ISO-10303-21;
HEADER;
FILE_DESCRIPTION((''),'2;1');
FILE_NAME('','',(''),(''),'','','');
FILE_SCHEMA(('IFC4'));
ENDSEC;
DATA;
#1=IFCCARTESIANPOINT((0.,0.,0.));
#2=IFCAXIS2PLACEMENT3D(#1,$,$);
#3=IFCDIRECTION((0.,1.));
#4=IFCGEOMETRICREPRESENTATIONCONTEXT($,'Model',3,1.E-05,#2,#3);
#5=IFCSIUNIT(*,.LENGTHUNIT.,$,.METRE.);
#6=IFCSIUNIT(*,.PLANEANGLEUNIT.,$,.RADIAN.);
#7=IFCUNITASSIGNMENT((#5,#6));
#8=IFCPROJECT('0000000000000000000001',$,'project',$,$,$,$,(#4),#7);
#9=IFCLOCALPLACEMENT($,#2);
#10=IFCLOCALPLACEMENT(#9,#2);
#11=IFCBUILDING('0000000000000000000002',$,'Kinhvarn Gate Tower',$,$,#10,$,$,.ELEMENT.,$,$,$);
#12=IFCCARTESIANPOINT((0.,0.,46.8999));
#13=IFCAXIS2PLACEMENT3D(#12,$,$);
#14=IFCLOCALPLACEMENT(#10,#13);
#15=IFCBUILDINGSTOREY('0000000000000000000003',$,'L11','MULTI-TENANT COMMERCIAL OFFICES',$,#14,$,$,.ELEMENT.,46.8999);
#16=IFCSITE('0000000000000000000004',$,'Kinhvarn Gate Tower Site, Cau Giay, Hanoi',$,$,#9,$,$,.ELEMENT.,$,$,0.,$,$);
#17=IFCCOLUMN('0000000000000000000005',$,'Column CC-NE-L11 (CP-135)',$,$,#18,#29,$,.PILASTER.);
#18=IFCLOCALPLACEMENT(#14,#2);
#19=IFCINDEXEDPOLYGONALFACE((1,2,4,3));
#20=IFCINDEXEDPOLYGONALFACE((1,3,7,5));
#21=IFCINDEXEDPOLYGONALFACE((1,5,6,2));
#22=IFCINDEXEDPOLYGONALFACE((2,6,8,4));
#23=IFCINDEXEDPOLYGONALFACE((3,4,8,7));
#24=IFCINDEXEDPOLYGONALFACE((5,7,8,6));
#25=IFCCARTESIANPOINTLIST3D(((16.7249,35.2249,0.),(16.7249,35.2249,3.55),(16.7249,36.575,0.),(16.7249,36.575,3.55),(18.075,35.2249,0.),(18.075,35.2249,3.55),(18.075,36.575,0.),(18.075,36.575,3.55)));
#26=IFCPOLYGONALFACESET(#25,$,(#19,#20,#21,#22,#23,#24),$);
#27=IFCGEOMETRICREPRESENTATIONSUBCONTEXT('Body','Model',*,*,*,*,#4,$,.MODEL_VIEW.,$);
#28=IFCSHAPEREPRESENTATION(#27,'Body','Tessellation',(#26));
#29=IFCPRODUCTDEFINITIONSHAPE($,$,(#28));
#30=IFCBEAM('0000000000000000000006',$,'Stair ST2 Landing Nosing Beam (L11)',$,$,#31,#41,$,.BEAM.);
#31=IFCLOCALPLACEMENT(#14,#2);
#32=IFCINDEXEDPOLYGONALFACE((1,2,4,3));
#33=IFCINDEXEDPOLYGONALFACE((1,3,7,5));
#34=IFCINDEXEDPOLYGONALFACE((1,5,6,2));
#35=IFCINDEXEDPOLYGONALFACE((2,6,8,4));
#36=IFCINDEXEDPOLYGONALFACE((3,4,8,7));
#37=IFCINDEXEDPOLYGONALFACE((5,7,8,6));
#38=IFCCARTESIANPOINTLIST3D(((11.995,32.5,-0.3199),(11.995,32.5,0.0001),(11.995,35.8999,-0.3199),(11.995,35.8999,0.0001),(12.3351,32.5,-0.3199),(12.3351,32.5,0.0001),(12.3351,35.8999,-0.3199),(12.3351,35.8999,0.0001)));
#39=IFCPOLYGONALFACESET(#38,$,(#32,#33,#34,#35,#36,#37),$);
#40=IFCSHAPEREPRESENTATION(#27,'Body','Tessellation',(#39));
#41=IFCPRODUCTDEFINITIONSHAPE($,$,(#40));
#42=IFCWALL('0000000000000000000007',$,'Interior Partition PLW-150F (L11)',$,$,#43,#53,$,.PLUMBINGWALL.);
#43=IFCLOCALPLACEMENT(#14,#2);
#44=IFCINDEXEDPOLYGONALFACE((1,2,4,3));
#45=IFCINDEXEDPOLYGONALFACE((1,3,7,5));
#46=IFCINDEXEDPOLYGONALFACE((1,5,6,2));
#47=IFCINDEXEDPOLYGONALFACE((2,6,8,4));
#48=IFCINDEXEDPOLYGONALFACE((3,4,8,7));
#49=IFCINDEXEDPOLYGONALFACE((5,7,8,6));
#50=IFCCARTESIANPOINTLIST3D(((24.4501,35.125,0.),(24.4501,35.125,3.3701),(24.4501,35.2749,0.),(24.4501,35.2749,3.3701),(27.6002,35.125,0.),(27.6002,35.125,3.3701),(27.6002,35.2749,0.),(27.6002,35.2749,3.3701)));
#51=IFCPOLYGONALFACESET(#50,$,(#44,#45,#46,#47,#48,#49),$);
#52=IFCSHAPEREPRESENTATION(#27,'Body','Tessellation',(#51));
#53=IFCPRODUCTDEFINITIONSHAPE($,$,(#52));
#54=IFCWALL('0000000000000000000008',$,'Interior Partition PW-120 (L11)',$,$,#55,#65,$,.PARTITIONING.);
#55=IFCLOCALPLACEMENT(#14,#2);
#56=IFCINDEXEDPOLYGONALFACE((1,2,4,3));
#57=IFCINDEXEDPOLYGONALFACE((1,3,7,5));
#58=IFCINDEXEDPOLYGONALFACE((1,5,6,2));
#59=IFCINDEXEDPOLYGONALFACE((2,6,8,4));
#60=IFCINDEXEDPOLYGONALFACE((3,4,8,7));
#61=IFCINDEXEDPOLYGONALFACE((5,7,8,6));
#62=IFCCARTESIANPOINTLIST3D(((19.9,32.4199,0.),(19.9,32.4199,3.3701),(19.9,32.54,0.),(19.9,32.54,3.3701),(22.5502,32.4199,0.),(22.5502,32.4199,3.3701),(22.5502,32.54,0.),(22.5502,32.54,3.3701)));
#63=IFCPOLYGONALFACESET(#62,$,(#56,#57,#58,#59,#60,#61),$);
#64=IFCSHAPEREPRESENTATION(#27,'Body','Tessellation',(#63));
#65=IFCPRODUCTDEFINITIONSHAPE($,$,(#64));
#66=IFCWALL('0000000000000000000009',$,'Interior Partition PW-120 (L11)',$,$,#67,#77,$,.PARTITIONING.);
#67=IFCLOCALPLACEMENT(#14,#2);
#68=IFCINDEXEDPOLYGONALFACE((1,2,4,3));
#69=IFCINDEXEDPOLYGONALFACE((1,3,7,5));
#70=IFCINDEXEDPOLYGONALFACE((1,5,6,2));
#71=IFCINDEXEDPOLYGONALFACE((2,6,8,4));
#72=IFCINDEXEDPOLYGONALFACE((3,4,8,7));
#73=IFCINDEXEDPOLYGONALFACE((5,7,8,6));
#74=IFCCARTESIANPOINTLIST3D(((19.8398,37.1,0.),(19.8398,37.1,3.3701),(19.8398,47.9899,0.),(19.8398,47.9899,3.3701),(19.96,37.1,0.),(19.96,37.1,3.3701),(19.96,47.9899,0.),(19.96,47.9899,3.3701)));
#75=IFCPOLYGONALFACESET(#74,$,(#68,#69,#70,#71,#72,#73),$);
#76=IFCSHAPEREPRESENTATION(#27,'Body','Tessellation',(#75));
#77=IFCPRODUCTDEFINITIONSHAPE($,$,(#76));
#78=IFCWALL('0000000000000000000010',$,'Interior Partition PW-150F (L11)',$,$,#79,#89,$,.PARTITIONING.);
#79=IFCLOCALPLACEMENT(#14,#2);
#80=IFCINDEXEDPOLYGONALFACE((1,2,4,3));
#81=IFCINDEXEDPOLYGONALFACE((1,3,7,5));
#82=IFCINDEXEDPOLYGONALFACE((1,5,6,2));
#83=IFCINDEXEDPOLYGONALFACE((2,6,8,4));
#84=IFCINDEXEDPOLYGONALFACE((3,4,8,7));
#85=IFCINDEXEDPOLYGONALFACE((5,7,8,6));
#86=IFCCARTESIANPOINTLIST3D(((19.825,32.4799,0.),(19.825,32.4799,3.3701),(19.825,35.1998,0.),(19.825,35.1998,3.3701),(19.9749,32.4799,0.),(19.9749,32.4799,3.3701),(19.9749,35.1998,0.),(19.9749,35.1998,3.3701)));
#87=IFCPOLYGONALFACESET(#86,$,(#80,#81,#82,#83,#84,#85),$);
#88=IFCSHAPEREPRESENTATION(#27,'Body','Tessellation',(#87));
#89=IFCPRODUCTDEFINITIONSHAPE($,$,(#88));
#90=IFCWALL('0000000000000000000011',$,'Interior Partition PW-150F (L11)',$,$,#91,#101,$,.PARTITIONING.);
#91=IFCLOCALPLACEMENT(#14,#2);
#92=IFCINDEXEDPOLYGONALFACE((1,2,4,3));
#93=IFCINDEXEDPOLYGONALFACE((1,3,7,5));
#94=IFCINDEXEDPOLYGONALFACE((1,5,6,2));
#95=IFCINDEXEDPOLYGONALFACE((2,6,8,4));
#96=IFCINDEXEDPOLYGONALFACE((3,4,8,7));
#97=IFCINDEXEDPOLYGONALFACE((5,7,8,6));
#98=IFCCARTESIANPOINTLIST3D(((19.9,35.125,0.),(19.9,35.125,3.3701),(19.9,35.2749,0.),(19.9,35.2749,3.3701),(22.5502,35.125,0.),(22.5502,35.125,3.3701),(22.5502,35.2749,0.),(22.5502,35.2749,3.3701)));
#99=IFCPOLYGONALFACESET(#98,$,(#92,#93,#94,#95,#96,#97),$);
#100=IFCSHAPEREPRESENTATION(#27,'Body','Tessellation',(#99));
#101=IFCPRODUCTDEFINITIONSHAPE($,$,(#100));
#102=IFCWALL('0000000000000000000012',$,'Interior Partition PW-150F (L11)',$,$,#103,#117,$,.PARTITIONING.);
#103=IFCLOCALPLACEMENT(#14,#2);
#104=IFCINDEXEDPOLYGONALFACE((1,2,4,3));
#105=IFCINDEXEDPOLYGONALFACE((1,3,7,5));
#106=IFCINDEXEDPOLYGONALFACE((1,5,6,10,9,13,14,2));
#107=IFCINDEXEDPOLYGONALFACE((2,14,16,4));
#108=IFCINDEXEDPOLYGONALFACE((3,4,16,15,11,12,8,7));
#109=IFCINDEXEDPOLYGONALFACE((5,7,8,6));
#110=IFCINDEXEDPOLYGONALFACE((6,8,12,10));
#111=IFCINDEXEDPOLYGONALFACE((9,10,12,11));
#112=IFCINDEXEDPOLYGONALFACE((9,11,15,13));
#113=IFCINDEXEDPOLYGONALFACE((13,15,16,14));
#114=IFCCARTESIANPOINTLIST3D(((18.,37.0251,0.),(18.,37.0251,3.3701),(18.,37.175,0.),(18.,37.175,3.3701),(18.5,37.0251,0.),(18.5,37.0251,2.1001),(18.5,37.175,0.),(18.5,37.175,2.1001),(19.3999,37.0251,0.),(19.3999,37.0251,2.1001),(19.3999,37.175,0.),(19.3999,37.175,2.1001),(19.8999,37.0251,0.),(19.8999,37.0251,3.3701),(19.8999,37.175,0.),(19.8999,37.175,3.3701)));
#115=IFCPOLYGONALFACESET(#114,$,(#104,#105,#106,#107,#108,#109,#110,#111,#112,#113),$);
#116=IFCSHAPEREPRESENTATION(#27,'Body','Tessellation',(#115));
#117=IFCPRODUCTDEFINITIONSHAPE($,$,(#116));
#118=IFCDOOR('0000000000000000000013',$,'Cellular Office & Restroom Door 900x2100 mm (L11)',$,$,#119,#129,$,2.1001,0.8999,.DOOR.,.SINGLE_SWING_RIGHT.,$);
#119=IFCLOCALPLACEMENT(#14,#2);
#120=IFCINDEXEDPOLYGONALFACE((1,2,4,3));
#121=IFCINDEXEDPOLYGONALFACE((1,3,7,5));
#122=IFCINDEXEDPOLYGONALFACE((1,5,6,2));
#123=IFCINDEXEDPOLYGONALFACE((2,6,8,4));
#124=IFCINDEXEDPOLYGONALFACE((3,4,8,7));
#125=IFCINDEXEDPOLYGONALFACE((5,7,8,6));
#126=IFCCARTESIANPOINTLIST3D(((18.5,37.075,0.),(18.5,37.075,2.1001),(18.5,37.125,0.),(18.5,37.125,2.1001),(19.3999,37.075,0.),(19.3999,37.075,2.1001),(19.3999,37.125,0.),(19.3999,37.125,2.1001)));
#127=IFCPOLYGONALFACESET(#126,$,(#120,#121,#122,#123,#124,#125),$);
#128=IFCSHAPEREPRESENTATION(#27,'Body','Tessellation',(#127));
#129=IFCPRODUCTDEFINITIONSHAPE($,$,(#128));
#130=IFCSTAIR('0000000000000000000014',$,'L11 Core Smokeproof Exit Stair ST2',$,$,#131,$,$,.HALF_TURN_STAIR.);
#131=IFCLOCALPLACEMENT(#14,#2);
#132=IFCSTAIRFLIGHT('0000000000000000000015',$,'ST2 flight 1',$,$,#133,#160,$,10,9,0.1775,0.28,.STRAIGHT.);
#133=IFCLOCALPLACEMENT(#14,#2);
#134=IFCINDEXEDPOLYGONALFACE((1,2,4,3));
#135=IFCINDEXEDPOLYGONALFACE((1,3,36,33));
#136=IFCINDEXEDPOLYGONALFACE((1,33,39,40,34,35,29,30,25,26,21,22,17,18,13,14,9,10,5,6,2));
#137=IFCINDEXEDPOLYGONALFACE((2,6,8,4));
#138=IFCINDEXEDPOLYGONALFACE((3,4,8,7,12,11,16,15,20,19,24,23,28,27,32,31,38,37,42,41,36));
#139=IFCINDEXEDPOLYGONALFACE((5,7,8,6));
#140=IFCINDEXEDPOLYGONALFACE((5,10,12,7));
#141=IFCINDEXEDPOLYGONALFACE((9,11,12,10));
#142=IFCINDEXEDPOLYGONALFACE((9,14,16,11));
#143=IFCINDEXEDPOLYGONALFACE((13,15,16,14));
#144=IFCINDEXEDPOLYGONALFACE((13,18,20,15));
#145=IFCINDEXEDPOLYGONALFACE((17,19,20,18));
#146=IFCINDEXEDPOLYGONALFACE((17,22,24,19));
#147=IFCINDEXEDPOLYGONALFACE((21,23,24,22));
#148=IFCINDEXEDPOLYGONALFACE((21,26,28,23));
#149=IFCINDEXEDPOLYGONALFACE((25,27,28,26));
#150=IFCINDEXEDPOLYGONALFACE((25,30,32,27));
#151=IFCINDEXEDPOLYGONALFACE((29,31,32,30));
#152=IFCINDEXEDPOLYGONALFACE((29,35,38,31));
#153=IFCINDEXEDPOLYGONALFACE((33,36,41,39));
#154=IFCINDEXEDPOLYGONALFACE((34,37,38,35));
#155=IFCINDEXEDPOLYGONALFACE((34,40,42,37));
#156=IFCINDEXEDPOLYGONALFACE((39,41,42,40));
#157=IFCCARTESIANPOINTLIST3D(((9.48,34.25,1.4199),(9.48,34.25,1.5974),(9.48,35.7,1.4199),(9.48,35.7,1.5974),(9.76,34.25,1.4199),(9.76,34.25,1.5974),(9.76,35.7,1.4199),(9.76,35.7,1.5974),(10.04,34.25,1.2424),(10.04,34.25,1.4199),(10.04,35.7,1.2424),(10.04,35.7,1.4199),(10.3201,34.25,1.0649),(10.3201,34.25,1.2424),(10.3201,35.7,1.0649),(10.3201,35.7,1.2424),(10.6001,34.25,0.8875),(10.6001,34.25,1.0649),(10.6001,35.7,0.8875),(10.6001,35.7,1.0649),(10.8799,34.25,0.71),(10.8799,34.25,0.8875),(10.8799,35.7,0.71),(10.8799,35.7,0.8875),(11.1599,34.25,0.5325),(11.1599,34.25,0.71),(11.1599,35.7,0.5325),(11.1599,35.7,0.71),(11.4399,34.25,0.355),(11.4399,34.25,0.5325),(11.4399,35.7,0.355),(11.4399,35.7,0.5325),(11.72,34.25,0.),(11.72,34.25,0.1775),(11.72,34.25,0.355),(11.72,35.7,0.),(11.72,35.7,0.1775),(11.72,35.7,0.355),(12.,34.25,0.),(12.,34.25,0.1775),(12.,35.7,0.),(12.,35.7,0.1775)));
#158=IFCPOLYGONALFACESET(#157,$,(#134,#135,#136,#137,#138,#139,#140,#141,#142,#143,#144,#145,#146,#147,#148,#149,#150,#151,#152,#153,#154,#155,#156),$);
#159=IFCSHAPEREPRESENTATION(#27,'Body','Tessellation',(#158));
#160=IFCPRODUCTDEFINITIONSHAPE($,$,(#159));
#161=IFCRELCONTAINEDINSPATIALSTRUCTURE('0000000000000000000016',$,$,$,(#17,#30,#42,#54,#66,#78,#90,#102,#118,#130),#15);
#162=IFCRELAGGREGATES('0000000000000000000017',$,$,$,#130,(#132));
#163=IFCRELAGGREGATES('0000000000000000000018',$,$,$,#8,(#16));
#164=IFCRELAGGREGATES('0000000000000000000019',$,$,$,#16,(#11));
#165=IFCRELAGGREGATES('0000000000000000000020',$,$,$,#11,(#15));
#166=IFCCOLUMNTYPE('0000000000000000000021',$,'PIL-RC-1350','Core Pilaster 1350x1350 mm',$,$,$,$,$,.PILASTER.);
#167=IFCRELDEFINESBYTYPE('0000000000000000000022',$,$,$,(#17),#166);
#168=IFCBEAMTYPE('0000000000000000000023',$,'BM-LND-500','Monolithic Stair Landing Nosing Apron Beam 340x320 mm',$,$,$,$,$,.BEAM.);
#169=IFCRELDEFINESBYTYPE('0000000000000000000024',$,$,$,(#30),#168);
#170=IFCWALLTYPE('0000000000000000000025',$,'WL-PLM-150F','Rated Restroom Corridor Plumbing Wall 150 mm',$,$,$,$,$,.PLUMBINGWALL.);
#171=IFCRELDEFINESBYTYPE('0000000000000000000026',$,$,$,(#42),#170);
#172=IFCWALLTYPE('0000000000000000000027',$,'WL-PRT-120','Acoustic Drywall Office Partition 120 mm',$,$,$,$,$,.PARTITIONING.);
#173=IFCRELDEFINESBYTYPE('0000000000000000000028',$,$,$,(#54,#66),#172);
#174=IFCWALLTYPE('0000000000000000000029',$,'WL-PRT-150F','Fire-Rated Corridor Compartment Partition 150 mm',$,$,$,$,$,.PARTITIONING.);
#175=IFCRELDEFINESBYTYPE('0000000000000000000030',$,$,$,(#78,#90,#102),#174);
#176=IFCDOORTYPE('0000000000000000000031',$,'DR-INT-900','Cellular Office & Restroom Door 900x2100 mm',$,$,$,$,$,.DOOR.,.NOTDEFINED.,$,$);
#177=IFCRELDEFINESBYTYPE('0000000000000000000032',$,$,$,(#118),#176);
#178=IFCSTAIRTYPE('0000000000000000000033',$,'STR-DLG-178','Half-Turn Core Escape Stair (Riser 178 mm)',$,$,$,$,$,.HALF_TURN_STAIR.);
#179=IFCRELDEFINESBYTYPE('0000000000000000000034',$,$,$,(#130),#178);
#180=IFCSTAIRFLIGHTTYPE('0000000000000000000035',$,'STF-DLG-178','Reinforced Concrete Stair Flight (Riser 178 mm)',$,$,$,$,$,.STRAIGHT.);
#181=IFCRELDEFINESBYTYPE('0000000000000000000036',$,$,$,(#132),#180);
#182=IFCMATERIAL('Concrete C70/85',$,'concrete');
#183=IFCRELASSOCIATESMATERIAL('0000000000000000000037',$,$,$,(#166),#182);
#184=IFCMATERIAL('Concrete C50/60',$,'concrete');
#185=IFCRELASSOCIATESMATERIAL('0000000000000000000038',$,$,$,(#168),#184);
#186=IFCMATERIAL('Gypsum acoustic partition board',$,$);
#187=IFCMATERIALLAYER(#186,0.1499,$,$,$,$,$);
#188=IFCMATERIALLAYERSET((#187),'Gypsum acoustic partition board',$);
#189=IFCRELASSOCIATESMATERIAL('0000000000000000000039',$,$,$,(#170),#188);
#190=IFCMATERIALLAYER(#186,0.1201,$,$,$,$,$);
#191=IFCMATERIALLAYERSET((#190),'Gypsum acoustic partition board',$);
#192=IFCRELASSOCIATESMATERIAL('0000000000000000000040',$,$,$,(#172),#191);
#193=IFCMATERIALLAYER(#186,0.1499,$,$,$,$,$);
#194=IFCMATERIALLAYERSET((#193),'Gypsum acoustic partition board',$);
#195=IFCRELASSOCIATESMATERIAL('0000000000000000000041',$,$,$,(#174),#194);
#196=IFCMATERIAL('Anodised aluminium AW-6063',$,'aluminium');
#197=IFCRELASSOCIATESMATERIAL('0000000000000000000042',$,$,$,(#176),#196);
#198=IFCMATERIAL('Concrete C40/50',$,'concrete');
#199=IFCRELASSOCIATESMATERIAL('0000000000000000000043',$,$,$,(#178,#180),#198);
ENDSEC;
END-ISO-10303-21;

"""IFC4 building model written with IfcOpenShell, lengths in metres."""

from ifc_helpers import new_model, si_unit, direction, frame, frame_2d, origin, origin_2d, place, context, subcontext, project, spatial, polyline, rectangle, outline, extrude, material, layer, layer_set, material_profile, profile_set, type_object, element, fill, aggregate, save


model = new_model("IFC4")

# Units and contexts
model_context = context("Model", 3, precision=1e-05, world=origin(), true_north=direction((0.0, 1.0)))
body_context = subcontext(model_context, "Body", "Model", "MODEL_VIEW")
ifc_project = project(units=[si_unit("LENGTHUNIT", "METRE"), si_unit("PLANEANGLEUNIT", "RADIAN")], contexts=[model_context])

# Site, building, storey
site_placement = place(None, origin())
site = spatial("IfcSite", under=ifc_project, at=site_placement, Name="Kinhvarn Gate Tower Site, Cau Giay, Hanoi", CompositionType="ELEMENT", RefElevation=0.0)
building_placement = place(site_placement, origin())
building = spatial("IfcBuilding", under=site, at=building_placement, Name="Kinhvarn Gate Tower", CompositionType="ELEMENT")
storey_placement = place(building_placement, frame((0.0, 0.0, 46.8999)))
storey = spatial("IfcBuildingStorey", under=building, at=storey_placement, Name="L11", Description="MULTI-TENANT COMMERCIAL OFFICES", CompositionType="ELEMENT", Elevation=46.8999)

# Column
ifc_material_1 = material(Name="Concrete C70/85", Category="concrete")
ifc_material_profile_1 = material_profile(ifc_material_1, rectangle(XDim=1.3501, YDim=1.3501, at=origin_2d()), Name="RC 1350x1350")
ifc_profile_set_1 = profile_set([ifc_material_profile_1], Name="Concrete C70/85")
column_type = type_object("IfcColumnType", Name="PIL-RC-1350", Description="Core Pilaster 1350x1350 mm", PredefinedType="PILASTER", material=ifc_profile_set_1)
column_placement = place(storey_placement, frame((17.3999, 35.8999, 0.0), z_axis=(0.0, 0.0, 1.0), x_axis=(1.0, 0.0, 0.0)))
element("IfcColumn", 1, at=column_placement, inside=storey, type_object=column_type, Name="Column CC-NE-L11 (CP-135)", PredefinedType="PILASTER", context=body_context, shape_type="SweptSolid", body=[
    extrude(rectangle(XDim=1.3501, YDim=1.3501, at=origin_2d()), origin(), (0.0, 0.0, 1.0), 3.55),
])

# Beam
ifc_material_2 = material(Name="Concrete C50/60", Category="concrete")
ifc_material_profile_2 = material_profile(ifc_material_2, rectangle(XDim=0.3401, YDim=0.3201, at=origin_2d()), Name="RC 340x320")
ifc_profile_set_2 = profile_set([ifc_material_profile_2], Name="Concrete C50/60")
beam_type = type_object("IfcBeamType", Name="BM-LND-500", Description="Monolithic Stair Landing Nosing Apron Beam 340x320 mm", PredefinedType="BEAM", material=ifc_profile_set_2)
beam_placement = place(storey_placement, frame((12.165, 32.5, -0.1599), z_axis=(0.0, 1.0, 0.0), x_axis=(-1.0, 0.0, 0.0)))
element("IfcBeam", 2, at=beam_placement, inside=storey, type_object=beam_type, Name="Stair ST2 Landing Nosing Beam (L11)", PredefinedType="BEAM", context=body_context, shape_type="SweptSolid", body=[
    extrude(rectangle(XDim=0.3401, YDim=0.3201, at=origin_2d()), origin(), (0.0, 0.0, 1.0), 3.3999),
])

# Walls
ifc_material_3 = material(Name="Gypsum acoustic partition board")
ifc_layer_1 = layer(ifc_material_3, 0.1499)
ifc_layer_set_1 = layer_set([ifc_layer_1], Name="Gypsum acoustic partition board")
wall_type_1 = type_object("IfcWallType", Name="WL-PLM-150F", Description="Rated Restroom Corridor Plumbing Wall 150 mm", PredefinedType="PLUMBINGWALL", material=ifc_layer_set_1)
wall_1_placement = place(storey_placement, frame((24.45, 35.2, 0.0), z_axis=(0.0, 0.0, 1.0), x_axis=(1.0, 0.0, 0.0)))
element("IfcWall", 3, at=wall_1_placement, inside=storey, type_object=wall_type_1, Name="Interior Partition PLW-150F (L11)", PredefinedType="PLUMBINGWALL", context=body_context, shape_type="SweptSolid", body=[
    extrude(rectangle(XDim=3.1501, YDim=0.1499, at=frame_2d((1.5752, 0.0))), origin(), (0.0, 0.0, 1.0), 3.3701),
])
ifc_layer_2 = layer(ifc_material_3, 0.1201)
ifc_layer_set_2 = layer_set([ifc_layer_2], Name="Gypsum acoustic partition board")
wall_type_2 = type_object("IfcWallType", Name="WL-PRT-120", Description="Acoustic Drywall Office Partition 120 mm", PredefinedType="PARTITIONING", material=ifc_layer_set_2)
wall_2_placement = place(storey_placement, frame((19.8999, 32.48, 0.0), z_axis=(0.0, 0.0, 1.0), x_axis=(1.0, 0.0, 0.0)))
element("IfcWall", 4, at=wall_2_placement, inside=storey, type_object=wall_type_2, Name="Interior Partition PW-120 (L11)", PredefinedType="PARTITIONING", context=body_context, shape_type="SweptSolid", body=[
    extrude(rectangle(XDim=2.6501, YDim=0.1201, at=frame_2d((1.3252, 0.0))), origin(), (0.0, 0.0, 1.0), 3.3701),
])
wall_3_placement = place(storey_placement, frame((19.8999, 37.1001, 0.0), z_axis=(0.0, 0.0, 1.0), x_axis=(0.0, 1.0, 0.0)))
element("IfcWall", 5, at=wall_3_placement, inside=storey, type_object=wall_type_2, Name="Interior Partition PW-120 (L11)", PredefinedType="PARTITIONING", context=body_context, shape_type="SweptSolid", body=[
    extrude(rectangle(XDim=10.8899, YDim=0.1201, at=frame_2d((5.4448, 0.0))), origin(), (0.0, 0.0, 1.0), 3.3701),
])

# Shared definitions
ifc_layer_3 = layer(ifc_material_3, 0.1499)
ifc_layer_set_3 = layer_set([ifc_layer_3], Name="Gypsum acoustic partition board")
wall_type_3 = type_object("IfcWallType", Name="WL-PRT-150F", Description="Fire-Rated Corridor Compartment Partition 150 mm", PredefinedType="PARTITIONING", material=ifc_layer_set_3)
ifc_material_4 = material(Name="Anodised aluminium AW-6063", Category="aluminium")

# Walls
wall_4_placement = place(storey_placement, frame((19.8999, 32.48, 0.0), z_axis=(0.0, 0.0, 1.0), x_axis=(0.0, 1.0, 0.0)))
element("IfcWall", 6, at=wall_4_placement, inside=storey, type_object=wall_type_3, Name="Interior Partition PW-150F (L11)", PredefinedType="PARTITIONING", context=body_context, shape_type="SweptSolid", body=[
    extrude(rectangle(XDim=2.72, YDim=0.1499, at=frame_2d((1.3599, 0.0))), origin(), (0.0, 0.0, 1.0), 3.3701),
])
wall_5_placement = place(storey_placement, frame((19.8999, 35.2, 0.0), z_axis=(0.0, 0.0, 1.0), x_axis=(1.0, 0.0, 0.0)))
element("IfcWall", 7, at=wall_5_placement, inside=storey, type_object=wall_type_3, Name="Interior Partition PW-150F (L11)", PredefinedType="PARTITIONING", context=body_context, shape_type="SweptSolid", body=[
    extrude(rectangle(XDim=2.6501, YDim=0.1499, at=frame_2d((1.3252, 0.0))), origin(), (0.0, 0.0, 1.0), 3.3701),
])

# Wall, opening, door
wall_6_placement = place(storey_placement, frame((18.0, 37.1001, 0.0), z_axis=(0.0, 0.0, 1.0), x_axis=(1.0, 0.0, 0.0)))
wall_6 = element("IfcWall", 8, at=wall_6_placement, inside=storey, type_object=wall_type_3, Name="Interior Partition PW-150F (L11)", PredefinedType="PARTITIONING", context=body_context, shape_type="SweptSolid", body=[
    extrude(rectangle(XDim=1.8999, YDim=0.1499, at=frame_2d((0.95, 0.0))), origin(), (0.0, 0.0, 1.0), 3.3701),
])
opening_1_placement = place(wall_6_placement, frame((0.5, 0.0, 0.0)))
opening_1 = element("IfcOpeningElement", 9, at=opening_1_placement, cuts=wall_6, PredefinedType="OPENING", context=body_context, shape_type="SweptSolid", body=[
    extrude(rectangle(XDim=0.8999, YDim=2.1001, at=frame_2d((0.45, 1.05))), frame((0.0, 0.085, 0.0), z_axis=(0.0, -1.0, 0.0), x_axis=(1.0, 0.0, 0.0)), (0.0, 0.0, 1.0), 0.1699),
])
door_type_1 = type_object("IfcDoorType", Name="DR-INT-900", Description="Cellular Office & Restroom Door 900x2100 mm", OperationType="NOTDEFINED", PredefinedType="DOOR", material=ifc_material_4)
door_1_placement = place(opening_1_placement, origin())
door_1 = element("IfcDoor", 10, at=door_1_placement, inside=storey, type_object=door_type_1, Name="Cellular Office & Restroom Door 900x2100 mm (L11)", OperationType="SINGLE_SWING_RIGHT", OverallHeight=2.1001, OverallWidth=0.8999, PredefinedType="DOOR", context=body_context, shape_type="SweptSolid", body=[
    extrude(rectangle(XDim=0.8999, YDim=2.1001, at=frame_2d((0.45, 1.05))), frame((0.0, 0.0249, 0.0), z_axis=(0.0, -1.0, 0.0), x_axis=(1.0, 0.0, 0.0)), (0.0, 0.0, 1.0), 0.05),
])
fill(opening_1, door_1)
ifc_material_5 = material(Name="Concrete C40/50", Category="concrete")

# Stair, stair flight
stair_type = type_object("IfcStairType", Name="STR-DLG-178", Description="Half-Turn Core Escape Stair (Riser 178 mm)", PredefinedType="HALF_TURN_STAIR", material=ifc_material_5)
stair_placement = place(storey_placement, origin())
stair = element("IfcStair", 11, at=stair_placement, inside=storey, type_object=stair_type, Name="L11 Core Smokeproof Exit Stair ST2", PredefinedType="HALF_TURN_STAIR")
stair_flight_type = type_object("IfcStairFlightType", Name="STF-DLG-178", Description="Reinforced Concrete Stair Flight (Riser 178 mm)", PredefinedType="STRAIGHT", material=ifc_material_5)
stair_flight_placement = place(storey_placement, frame((12.0, 34.9751, 0.0), z_axis=(0.0, 0.0, 1.0), x_axis=(-1.0, 0.0, 0.0)))
stair_flight = element("IfcStairFlight", 12, at=stair_flight_placement, type_object=stair_flight_type, Name="ST2 flight 1", NumberOfRisers=10, NumberOfTreads=9, PredefinedType="STRAIGHT", RiserHeight=0.1775, TreadLength=0.28, context=body_context, shape_type="SweptSolid", body=[
    extrude(outline(polyline([(0.0, 0.0), (0.0, 0.1775), (0.28, 0.1775), (0.28, 0.355), (0.5601, 0.355), (0.5601, 0.5325), (0.8401, 0.5325), (0.8401, 0.71), (1.1201, 0.71), (1.1201, 0.8875), (1.3999, 0.8875), (1.3999, 1.0649), (1.6799, 1.0649), (1.6799, 1.2424), (1.96, 1.2424), (1.96, 1.4199), (2.24, 1.4199), (2.24, 1.5974), (2.52, 1.5974), (2.52, 1.7749), (2.52, 1.4199), (0.28, 0.0), (0.0, 0.0)])), frame((0.0, 0.7251, 0.0), z_axis=(0.0, -1.0, 0.0), x_axis=(1.0, 0.0, 0.0)), (0.0, 0.0, 1.0), 1.45),
])
aggregate(stair, [stair_flight])

save(model, "model.ifc")
